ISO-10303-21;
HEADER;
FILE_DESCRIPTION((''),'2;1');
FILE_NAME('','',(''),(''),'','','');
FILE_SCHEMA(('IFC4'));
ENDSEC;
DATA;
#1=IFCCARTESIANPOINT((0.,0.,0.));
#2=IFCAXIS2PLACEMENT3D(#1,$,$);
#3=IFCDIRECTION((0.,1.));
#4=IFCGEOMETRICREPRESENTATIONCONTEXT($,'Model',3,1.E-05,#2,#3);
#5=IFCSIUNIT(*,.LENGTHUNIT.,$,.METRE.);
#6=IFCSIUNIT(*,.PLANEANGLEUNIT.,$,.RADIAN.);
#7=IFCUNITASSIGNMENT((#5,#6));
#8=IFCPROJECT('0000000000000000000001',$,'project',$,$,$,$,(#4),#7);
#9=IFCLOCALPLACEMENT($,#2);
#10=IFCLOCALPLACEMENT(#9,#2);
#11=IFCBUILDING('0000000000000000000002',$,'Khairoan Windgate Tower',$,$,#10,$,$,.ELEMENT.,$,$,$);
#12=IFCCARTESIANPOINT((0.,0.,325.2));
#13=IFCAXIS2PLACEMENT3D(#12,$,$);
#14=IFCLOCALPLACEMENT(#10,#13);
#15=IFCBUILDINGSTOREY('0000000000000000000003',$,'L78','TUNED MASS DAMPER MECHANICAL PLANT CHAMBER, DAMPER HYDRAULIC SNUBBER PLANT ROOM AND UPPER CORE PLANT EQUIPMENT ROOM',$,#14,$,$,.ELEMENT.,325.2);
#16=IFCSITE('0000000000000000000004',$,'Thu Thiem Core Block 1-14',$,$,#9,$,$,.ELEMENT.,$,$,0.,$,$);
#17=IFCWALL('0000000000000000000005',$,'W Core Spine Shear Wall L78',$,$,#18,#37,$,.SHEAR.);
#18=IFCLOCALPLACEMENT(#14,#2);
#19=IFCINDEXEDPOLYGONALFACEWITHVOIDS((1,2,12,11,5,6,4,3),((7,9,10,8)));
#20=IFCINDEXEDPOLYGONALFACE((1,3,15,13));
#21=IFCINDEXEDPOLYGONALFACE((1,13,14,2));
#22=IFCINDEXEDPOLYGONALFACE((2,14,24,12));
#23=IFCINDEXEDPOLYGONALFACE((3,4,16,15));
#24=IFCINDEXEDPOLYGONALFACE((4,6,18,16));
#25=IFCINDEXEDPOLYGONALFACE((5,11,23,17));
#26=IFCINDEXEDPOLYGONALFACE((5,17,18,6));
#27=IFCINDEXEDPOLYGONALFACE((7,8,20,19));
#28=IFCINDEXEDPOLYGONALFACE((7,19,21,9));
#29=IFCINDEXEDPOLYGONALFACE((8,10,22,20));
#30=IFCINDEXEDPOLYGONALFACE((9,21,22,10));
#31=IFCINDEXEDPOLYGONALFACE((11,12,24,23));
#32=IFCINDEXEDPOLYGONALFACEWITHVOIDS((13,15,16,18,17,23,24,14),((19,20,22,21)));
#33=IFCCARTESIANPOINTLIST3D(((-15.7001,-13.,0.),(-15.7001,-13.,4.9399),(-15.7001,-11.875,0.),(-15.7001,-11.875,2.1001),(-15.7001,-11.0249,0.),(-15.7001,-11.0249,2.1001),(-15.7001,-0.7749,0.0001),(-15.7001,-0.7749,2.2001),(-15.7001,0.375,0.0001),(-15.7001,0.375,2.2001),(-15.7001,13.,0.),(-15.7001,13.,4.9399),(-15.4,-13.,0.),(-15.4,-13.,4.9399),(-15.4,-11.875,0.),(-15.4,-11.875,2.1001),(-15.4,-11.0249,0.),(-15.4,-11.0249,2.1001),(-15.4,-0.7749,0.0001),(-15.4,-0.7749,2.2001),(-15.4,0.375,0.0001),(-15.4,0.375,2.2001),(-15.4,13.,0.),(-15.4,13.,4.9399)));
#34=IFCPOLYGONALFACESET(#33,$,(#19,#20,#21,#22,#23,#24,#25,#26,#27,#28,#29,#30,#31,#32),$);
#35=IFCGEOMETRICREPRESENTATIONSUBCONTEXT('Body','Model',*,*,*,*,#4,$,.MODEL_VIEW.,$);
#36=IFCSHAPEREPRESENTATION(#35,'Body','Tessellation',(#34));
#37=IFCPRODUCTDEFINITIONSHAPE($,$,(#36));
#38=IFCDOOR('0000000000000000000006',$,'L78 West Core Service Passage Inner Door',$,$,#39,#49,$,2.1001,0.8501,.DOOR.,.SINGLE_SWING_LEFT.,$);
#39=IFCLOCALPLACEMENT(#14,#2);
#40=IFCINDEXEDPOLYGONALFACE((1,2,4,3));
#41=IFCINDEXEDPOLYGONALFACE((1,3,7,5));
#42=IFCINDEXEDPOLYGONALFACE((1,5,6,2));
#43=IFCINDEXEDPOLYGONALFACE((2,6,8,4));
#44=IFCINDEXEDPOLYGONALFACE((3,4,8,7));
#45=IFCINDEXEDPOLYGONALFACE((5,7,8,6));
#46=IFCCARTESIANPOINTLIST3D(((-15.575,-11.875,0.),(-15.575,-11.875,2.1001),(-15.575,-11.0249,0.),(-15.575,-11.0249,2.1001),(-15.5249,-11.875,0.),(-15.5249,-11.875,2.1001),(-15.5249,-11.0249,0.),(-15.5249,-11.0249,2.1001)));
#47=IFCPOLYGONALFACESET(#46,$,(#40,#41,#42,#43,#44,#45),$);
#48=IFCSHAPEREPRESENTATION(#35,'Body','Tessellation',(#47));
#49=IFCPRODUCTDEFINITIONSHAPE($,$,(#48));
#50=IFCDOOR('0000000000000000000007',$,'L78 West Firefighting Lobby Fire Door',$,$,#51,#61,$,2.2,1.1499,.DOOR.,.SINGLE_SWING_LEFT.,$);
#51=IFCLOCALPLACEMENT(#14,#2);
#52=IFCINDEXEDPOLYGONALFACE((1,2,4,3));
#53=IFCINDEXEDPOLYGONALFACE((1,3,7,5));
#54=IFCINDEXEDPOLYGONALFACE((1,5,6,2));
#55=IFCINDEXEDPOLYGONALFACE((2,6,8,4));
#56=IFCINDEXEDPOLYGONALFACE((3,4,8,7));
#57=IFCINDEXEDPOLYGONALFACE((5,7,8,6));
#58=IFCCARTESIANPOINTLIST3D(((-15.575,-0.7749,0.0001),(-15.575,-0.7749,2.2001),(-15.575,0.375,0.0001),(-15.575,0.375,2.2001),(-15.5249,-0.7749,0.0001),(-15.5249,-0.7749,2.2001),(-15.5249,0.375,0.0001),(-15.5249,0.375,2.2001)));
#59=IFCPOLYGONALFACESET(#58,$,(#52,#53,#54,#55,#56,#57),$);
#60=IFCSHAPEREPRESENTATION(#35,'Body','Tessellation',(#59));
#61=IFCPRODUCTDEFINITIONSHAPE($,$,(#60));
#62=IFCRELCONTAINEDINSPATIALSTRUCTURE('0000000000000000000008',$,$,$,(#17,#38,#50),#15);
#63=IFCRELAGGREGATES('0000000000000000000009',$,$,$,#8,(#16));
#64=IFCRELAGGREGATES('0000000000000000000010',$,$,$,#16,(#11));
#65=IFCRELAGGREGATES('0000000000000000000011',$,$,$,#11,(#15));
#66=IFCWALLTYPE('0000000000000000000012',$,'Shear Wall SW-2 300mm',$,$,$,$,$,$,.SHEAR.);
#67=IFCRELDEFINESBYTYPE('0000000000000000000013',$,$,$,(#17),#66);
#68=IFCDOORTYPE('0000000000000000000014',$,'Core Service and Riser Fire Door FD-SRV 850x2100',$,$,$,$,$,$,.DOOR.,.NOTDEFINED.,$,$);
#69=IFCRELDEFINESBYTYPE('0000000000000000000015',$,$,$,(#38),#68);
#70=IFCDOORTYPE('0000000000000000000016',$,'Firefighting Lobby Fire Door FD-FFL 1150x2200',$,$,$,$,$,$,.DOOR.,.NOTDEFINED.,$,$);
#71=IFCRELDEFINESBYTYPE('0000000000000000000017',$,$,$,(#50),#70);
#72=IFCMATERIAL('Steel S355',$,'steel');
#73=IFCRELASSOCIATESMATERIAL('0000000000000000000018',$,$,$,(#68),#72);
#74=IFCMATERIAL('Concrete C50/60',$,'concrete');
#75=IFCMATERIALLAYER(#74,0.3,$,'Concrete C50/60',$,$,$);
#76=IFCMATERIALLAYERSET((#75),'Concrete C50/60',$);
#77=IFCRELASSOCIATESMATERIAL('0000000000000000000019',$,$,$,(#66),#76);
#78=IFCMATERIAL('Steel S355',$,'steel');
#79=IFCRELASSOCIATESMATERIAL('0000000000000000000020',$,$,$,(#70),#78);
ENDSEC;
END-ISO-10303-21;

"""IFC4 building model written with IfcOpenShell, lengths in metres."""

from ifc_helpers import new_model, si_unit, direction, frame, frame_2d, origin, place, context, subcontext, project, spatial, rectangle, extrude, material, layer, layer_set, type_object, element, fill, save


model = new_model("IFC4")

# Units and contexts
model_context = context("Model", 3, precision=1e-05, world=origin(), true_north=direction((0.0, 1.0)))
body_context = subcontext(model_context, "Body", "Model", "MODEL_VIEW")
ifc_project = project(units=[si_unit("LENGTHUNIT", "METRE"), si_unit("PLANEANGLEUNIT", "RADIAN")], contexts=[model_context])

# Site, building, storey
site_placement = place(None, origin())
site = spatial("IfcSite", under=ifc_project, at=site_placement, Name="Thu Thiem Core Block 1-14", CompositionType="ELEMENT", RefElevation=0.0)
building_placement = place(site_placement, origin())
building = spatial("IfcBuilding", under=site, at=building_placement, Name="Khairoan Windgate Tower", CompositionType="ELEMENT")
storey_placement = place(building_placement, frame((0.0, 0.0, 325.2)))
storey = spatial("IfcBuildingStorey", under=building, at=storey_placement, Name="L78", Description="TUNED MASS DAMPER MECHANICAL PLANT CHAMBER, DAMPER HYDRAULIC SNUBBER PLANT ROOM AND UPPER CORE PLANT EQUIPMENT ROOM", CompositionType="ELEMENT", Elevation=325.2)

# Shared definitions
ifc_material_1 = material(Name="Steel S355", Category="steel")
door_type_1 = type_object("IfcDoorType", Name="Core Service and Riser Fire Door FD-SRV 850x2100", OperationType="NOTDEFINED", PredefinedType="DOOR", material=ifc_material_1)

# Wall, openings, doors
ifc_material_2 = material(Name="Concrete C50/60", Category="concrete")
ifc_layer_1 = layer(ifc_material_2, 0.3, Name="Concrete C50/60")
ifc_layer_set_1 = layer_set([ifc_layer_1], Name="Concrete C50/60")
wall_type_1 = type_object("IfcWallType", Name="Shear Wall SW-2 300mm", PredefinedType="SHEAR", material=ifc_layer_set_1)
wall_1_placement = place(storey_placement, frame((-15.55, -13.0, 0.0), z_axis=(0.0, 0.0, 1.0), x_axis=(0.0, 1.0, 0.0)))
wall_1 = element("IfcWall", 1, at=wall_1_placement, inside=storey, type_object=wall_type_1, Name="W Core Spine Shear Wall L78", PredefinedType="SHEAR", context=body_context, shape_type="SweptSolid", body=[
    extrude(rectangle(XDim=26.0, YDim=0.3, at=frame_2d((13.0, 0.0))), origin(), (0.0, 0.0, 1.0), 4.9399),
])
opening_1_placement = place(wall_1_placement, frame((12.2251, 0.0, 0.0)))
opening_1 = element("IfcOpeningElement", 2, at=opening_1_placement, cuts=wall_1, PredefinedType="OPENING", context=body_context, shape_type="SweptSolid", body=[
    extrude(rectangle(XDim=1.1499, YDim=2.2, at=frame_2d((0.575, 1.1001))), frame((0.0, 0.1599, 0.0), z_axis=(0.0, -1.0, 0.0), x_axis=(1.0, 0.0, 0.0)), (0.0, 0.0, 1.0), 0.3201),
])
opening_2_placement = place(wall_1_placement, frame((1.125, 0.0, 0.0)))
opening_2 = element("IfcOpeningElement", 3, at=opening_2_placement, cuts=wall_1, PredefinedType="OPENING", context=body_context, shape_type="SweptSolid", body=[
    extrude(rectangle(XDim=0.8501, YDim=2.1001, at=frame_2d((0.425, 1.05))), frame((0.0, 0.1599, 0.0), z_axis=(0.0, -1.0, 0.0), x_axis=(1.0, 0.0, 0.0)), (0.0, 0.0, 1.0), 0.3201),
])
door_1_placement = place(opening_2_placement, origin())
door_1 = element("IfcDoor", 4, at=door_1_placement, inside=storey, type_object=door_type_1, Name="L78 West Core Service Passage Inner Door", OperationType="SINGLE_SWING_LEFT", OverallHeight=2.1001, OverallWidth=0.8501, PredefinedType="DOOR", context=body_context, shape_type="SweptSolid", body=[
    extrude(rectangle(XDim=0.8501, YDim=2.1001, at=frame_2d((0.425, 1.05))), frame((0.0, 0.0249, 0.0), z_axis=(0.0, -1.0, 0.0), x_axis=(1.0, 0.0, 0.0)), (0.0, 0.0, 1.0), 0.05),
])
fill(opening_2, door_1)
ifc_material_3 = material(Name="Steel S355", Category="steel")
door_type_2 = type_object("IfcDoorType", Name="Firefighting Lobby Fire Door FD-FFL 1150x2200", OperationType="NOTDEFINED", PredefinedType="DOOR", material=ifc_material_3)
door_2_placement = place(opening_1_placement, origin())
door_2 = element("IfcDoor", 5, at=door_2_placement, inside=storey, type_object=door_type_2, Name="L78 West Firefighting Lobby Fire Door", OperationType="SINGLE_SWING_LEFT", OverallHeight=2.2, OverallWidth=1.1499, PredefinedType="DOOR", context=body_context, shape_type="SweptSolid", body=[
    extrude(rectangle(XDim=1.1499, YDim=2.2, at=frame_2d((0.575, 1.1001))), frame((0.0, 0.0249, 0.0), z_axis=(0.0, -1.0, 0.0), x_axis=(1.0, 0.0, 0.0)), (0.0, 0.0, 1.0), 0.05),
])
fill(opening_1, door_2)

save(model, "model.ifc")
